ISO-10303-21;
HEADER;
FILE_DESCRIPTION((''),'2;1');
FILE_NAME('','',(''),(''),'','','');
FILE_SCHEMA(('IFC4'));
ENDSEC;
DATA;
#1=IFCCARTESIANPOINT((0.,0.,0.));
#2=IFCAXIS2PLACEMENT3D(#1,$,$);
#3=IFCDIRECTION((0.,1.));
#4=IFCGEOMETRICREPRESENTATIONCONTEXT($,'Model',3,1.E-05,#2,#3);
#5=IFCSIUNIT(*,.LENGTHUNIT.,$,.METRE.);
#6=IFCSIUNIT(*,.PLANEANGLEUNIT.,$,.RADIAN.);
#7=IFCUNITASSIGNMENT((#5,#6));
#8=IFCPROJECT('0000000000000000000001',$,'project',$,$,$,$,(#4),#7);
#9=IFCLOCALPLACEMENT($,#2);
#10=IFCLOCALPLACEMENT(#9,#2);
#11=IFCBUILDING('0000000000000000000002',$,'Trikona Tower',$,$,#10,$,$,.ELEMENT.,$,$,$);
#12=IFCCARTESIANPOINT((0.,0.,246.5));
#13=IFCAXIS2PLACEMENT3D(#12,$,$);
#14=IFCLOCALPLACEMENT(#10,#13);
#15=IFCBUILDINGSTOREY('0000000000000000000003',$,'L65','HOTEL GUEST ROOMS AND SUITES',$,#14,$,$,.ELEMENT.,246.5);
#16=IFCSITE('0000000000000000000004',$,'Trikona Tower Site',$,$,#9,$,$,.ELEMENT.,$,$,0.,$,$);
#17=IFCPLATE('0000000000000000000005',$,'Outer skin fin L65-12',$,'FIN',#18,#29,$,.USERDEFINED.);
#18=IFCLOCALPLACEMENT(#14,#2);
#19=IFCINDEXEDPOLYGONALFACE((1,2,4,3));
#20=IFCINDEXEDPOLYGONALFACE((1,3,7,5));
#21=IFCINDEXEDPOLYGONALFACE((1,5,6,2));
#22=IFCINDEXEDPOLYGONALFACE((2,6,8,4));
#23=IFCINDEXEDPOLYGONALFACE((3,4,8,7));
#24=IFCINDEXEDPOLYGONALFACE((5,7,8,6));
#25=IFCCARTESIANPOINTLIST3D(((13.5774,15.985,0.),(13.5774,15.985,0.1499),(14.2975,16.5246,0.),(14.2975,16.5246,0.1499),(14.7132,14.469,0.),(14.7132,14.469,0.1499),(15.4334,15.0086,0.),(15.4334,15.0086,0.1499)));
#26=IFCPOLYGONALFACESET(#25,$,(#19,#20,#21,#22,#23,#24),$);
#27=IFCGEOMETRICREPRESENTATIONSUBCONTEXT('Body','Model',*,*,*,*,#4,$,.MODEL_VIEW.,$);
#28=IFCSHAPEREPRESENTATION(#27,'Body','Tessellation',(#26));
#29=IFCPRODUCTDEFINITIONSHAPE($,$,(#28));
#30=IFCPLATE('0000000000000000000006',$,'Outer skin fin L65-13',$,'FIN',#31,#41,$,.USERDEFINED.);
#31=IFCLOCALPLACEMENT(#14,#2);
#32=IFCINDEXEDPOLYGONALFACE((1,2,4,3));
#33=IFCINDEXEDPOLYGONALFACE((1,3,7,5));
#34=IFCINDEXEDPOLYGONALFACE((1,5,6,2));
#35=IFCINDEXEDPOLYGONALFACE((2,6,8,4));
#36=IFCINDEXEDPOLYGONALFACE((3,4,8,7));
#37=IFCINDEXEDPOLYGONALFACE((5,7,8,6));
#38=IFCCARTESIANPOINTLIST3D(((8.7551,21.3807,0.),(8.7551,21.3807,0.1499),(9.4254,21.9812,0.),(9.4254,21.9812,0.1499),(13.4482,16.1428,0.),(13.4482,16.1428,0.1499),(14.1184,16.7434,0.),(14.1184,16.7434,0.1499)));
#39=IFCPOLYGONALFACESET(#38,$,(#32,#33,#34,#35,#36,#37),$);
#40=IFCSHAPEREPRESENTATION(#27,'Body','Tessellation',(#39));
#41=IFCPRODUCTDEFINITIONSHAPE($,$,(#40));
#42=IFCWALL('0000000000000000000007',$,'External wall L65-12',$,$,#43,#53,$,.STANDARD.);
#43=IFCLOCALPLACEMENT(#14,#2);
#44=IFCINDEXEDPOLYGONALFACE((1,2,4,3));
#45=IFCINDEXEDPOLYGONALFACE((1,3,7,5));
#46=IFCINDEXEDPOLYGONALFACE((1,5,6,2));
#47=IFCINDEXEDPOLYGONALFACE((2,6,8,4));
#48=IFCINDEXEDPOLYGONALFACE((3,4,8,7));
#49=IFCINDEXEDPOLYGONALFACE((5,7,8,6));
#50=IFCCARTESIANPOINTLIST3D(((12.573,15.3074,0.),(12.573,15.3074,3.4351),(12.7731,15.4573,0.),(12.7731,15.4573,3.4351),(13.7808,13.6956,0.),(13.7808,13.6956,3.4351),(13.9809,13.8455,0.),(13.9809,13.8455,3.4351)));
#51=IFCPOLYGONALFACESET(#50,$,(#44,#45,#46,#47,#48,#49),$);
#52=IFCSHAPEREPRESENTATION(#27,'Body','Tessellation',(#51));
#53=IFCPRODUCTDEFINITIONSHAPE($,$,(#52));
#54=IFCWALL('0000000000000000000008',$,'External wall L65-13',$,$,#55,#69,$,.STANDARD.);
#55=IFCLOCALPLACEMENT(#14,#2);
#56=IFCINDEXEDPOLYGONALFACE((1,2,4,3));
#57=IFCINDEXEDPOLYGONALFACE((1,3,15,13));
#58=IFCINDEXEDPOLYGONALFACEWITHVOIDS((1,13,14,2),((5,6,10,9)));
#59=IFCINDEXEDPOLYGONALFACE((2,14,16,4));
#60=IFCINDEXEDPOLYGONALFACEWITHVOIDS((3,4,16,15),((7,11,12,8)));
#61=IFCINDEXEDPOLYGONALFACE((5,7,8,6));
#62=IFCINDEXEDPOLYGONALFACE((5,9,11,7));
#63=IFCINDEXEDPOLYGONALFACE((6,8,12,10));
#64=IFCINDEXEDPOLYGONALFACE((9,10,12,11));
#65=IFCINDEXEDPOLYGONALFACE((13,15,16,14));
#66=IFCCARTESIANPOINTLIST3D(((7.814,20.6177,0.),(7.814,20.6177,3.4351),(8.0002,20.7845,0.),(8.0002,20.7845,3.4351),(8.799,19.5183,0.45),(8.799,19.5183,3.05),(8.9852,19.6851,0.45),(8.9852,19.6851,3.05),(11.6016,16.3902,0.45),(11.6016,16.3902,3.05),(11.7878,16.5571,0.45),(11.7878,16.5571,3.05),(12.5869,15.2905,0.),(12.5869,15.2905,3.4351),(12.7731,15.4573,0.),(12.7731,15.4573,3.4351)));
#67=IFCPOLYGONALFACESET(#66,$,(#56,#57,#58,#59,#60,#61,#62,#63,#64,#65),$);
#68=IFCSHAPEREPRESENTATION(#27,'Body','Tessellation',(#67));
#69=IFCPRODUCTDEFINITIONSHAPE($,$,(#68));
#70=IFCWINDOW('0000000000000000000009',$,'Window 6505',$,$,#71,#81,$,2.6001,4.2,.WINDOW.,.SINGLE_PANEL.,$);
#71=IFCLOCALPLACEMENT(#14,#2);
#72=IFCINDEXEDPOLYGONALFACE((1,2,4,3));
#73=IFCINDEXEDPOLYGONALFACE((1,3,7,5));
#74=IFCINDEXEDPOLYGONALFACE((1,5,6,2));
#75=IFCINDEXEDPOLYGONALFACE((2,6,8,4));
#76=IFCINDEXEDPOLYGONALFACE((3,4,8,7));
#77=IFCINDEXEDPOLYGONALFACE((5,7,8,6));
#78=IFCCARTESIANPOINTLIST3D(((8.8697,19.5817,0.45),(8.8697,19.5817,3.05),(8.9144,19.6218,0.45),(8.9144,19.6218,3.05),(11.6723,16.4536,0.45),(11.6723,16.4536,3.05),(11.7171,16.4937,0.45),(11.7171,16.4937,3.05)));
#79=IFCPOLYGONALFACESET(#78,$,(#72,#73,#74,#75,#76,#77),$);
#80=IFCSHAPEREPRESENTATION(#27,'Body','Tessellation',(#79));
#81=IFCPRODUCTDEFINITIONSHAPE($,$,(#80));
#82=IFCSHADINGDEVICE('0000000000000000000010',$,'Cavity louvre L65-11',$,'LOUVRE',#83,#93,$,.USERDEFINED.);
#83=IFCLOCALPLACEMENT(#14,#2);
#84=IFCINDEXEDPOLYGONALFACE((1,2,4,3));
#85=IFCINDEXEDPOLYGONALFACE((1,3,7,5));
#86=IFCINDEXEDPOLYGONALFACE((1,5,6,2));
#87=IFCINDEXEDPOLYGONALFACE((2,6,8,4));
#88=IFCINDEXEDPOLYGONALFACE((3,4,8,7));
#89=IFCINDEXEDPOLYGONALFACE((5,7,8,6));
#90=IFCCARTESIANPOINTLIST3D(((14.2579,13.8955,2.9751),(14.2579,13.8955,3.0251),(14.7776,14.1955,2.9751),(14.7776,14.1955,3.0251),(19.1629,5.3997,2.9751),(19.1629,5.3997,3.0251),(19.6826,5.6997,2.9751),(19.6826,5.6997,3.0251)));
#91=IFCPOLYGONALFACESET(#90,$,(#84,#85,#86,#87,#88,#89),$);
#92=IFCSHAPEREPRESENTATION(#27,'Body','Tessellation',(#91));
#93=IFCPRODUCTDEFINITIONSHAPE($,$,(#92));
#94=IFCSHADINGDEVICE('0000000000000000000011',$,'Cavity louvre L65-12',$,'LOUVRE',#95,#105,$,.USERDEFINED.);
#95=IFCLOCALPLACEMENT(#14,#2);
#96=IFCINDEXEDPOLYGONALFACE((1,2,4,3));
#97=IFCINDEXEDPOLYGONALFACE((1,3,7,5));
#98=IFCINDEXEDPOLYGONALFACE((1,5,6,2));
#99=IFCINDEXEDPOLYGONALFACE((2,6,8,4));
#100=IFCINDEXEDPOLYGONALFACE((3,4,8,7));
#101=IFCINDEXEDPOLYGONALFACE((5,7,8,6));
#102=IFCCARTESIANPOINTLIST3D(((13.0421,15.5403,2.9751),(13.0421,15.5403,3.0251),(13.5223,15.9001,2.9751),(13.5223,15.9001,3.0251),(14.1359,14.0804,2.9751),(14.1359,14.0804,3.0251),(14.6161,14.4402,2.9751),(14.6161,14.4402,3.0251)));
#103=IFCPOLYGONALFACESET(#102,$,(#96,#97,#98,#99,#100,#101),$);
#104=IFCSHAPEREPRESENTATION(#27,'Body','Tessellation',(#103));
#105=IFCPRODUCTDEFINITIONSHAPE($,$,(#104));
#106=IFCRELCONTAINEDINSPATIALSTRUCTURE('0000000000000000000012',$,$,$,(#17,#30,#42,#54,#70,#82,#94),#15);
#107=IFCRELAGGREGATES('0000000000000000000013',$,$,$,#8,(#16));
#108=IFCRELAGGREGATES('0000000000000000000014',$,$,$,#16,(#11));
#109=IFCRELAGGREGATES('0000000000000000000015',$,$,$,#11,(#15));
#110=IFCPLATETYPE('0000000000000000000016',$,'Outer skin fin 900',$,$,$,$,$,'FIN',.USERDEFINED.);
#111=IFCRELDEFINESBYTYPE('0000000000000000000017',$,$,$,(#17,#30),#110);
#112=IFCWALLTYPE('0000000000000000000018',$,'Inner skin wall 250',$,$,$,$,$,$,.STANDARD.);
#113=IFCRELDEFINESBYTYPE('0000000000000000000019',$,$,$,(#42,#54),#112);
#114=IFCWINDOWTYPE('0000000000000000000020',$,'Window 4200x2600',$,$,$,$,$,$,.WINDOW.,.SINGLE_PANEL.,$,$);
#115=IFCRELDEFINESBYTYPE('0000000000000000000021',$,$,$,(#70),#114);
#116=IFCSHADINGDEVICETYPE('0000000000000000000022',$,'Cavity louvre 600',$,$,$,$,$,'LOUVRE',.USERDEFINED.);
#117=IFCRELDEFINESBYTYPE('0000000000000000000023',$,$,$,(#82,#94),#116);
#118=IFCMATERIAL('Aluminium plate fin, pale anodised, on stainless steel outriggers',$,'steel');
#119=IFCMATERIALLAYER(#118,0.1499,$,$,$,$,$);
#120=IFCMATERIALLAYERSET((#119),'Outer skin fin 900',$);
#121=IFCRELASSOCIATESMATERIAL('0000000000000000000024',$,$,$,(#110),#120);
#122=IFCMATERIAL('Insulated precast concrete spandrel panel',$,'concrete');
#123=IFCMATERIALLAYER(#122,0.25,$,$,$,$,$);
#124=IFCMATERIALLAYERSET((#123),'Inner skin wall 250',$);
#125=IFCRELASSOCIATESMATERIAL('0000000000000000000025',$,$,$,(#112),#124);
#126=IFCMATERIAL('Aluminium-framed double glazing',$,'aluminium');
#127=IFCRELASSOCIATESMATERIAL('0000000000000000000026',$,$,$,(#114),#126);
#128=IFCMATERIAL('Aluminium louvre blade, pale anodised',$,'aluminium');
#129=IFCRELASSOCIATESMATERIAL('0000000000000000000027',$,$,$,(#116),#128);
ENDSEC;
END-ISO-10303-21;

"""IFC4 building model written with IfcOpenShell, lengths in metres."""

from ifc_helpers import new_model, si_unit, direction, frame, frame_2d, origin, origin_2d, place, context, subcontext, project, spatial, rectangle, extrude, material, layer, layer_set, type_object, element, fill, save


model = new_model("IFC4")

# Units and contexts
model_context = context("Model", 3, precision=1e-05, world=origin(), true_north=direction((0.0, 1.0)))
body_context = subcontext(model_context, "Body", "Model", "MODEL_VIEW")
ifc_project = project(units=[si_unit("LENGTHUNIT", "METRE"), si_unit("PLANEANGLEUNIT", "RADIAN")], contexts=[model_context])

# Site, building, storey
site_placement = place(None, origin())
site = spatial("IfcSite", under=ifc_project, at=site_placement, Name="Trikona Tower Site", CompositionType="ELEMENT", RefElevation=0.0)
building_placement = place(site_placement, origin())
building = spatial("IfcBuilding", under=site, at=building_placement, Name="Trikona Tower", CompositionType="ELEMENT")
storey_placement = place(building_placement, frame((0.0, 0.0, 246.5)))
storey = spatial("IfcBuildingStorey", under=building, at=storey_placement, Name="L65", Description="HOTEL GUEST ROOMS AND SUITES", CompositionType="ELEMENT", Elevation=246.5)

# Plates
ifc_material_1 = material(Name="Aluminium plate fin, pale anodised, on stainless steel outriggers", Category="steel")
ifc_layer_1 = layer(ifc_material_1, 0.1499)
ifc_layer_set_1 = layer_set([ifc_layer_1], Name="Outer skin fin 900")
plate_type_1 = type_object("IfcPlateType", Name="Outer skin fin 900", ElementType="FIN", PredefinedType="USERDEFINED", material=ifc_layer_set_1)
plate_1_placement = place(storey_placement, frame((14.5054, 15.4968, 0.0), z_axis=(0.0, 0.0, 1.0), x_axis=(-0.599619, 0.800286, 0.0)))
element("IfcPlate", 1, at=plate_1_placement, inside=storey, type_object=plate_type_1, Name="Outer skin fin L65-12", ObjectType="FIN", PredefinedType="USERDEFINED", context=body_context, shape_type="SweptSolid", body=[
    extrude(rectangle(XDim=1.8943, YDim=0.8999, at=origin_2d()), origin(), (0.0, 0.0, 1.0), 0.1499),
])
plate_2_placement = place(storey_placement, frame((11.4368, 19.062, 0.0), z_axis=(0.0, 0.0, 1.0), x_axis=(-0.667311, 0.744779, 0.0)))
element("IfcPlate", 2, at=plate_2_placement, inside=storey, type_object=plate_type_1, Name="Outer skin fin L65-13", ObjectType="FIN", PredefinedType="USERDEFINED", context=body_context, shape_type="SweptSolid", body=[
    extrude(rectangle(XDim=7.0327, YDim=0.8999, at=origin_2d()), origin(), (0.0, 0.0, 1.0), 0.1499),
])

# Wall
ifc_material_2 = material(Name="Insulated precast concrete spandrel panel", Category="concrete")
ifc_layer_2 = layer(ifc_material_2, 0.25)
ifc_layer_set_2 = layer_set([ifc_layer_2], Name="Inner skin wall 250")
wall_type = type_object("IfcWallType", Name="Inner skin wall 250", PredefinedType="STANDARD", material=ifc_layer_set_2)
wall_1_placement = place(storey_placement, frame((13.8809, 13.7705, 0.0), z_axis=(0.0, 0.0, 1.0), x_axis=(-0.599651, 0.800262, 0.0)))
element("IfcWall", 3, at=wall_1_placement, inside=storey, type_object=wall_type, Name="External wall L65-12", PredefinedType="STANDARD", context=body_context, shape_type="SweptSolid", body=[
    extrude(rectangle(XDim=2.0142, YDim=0.25, at=frame_2d((1.0071, 0.0))), origin(), (0.0, 0.0, 1.0), 3.4351),
])

# Wall, opening, window
wall_2_placement = place(storey_placement, frame((12.6799, 15.374, 0.0), z_axis=(0.0, 0.0, 1.0), x_axis=(-0.667304, 0.744786, 0.0)))
wall_2 = element("IfcWall", 4, at=wall_2_placement, inside=storey, type_object=wall_type, Name="External wall L65-13", PredefinedType="STANDARD", context=body_context, shape_type="SweptSolid", body=[
    extrude(rectangle(XDim=7.1526, YDim=0.25, at=frame_2d((3.5762, 0.0))), origin(), (0.0, 0.0, 1.0), 3.4351),
])
opening_placement = place(wall_2_placement, frame((1.4763, 0.0, 0.45)))
opening = element("IfcOpeningElement", 5, at=opening_placement, cuts=wall_2, PredefinedType="OPENING", context=body_context, shape_type="SweptSolid", body=[
    extrude(rectangle(XDim=4.2, YDim=2.6001, at=frame_2d((2.1001, 1.3))), frame((0.0, 0.135, 0.0), z_axis=(0.0, -1.0, 0.0), x_axis=(1.0, 0.0, 0.0)), (0.0, 0.0, 1.0), 0.27),
])
ifc_material_3 = material(Name="Aluminium-framed double glazing", Category="aluminium")
window_type = type_object("IfcWindowType", Name="Window 4200x2600", PartitioningType="SINGLE_PANEL", PredefinedType="WINDOW", material=ifc_material_3)
window_placement = place(opening_placement, origin())
window = element("IfcWindow", 6, at=window_placement, inside=storey, type_object=window_type, Name="Window 6505", OverallHeight=2.6001, OverallWidth=4.2, PartitioningType="SINGLE_PANEL", PredefinedType="WINDOW", context=body_context, shape_type="SweptSolid", body=[
    extrude(rectangle(XDim=4.2, YDim=2.6001, at=frame_2d((2.1001, 1.3))), frame((0.0, 0.03, 0.0), z_axis=(0.0, -1.0, 0.0), x_axis=(1.0, 0.0, 0.0)), (0.0, 0.0, 1.0), 0.0601),
])
fill(opening, window)

# Shading devices
ifc_material_4 = material(Name="Aluminium louvre blade, pale anodised", Category="aluminium")
shading_device_type = type_object("IfcShadingDeviceType", Name="Cavity louvre 600", ElementType="LOUVRE", PredefinedType="USERDEFINED", material=ifc_material_4)
shading_device_1_placement = place(storey_placement, frame((16.9702, 9.7976, 2.9751), z_axis=(0.0, 0.0, 1.0), x_axis=(-0.499998, 0.866026, 0.0)))
element("IfcShadingDevice", 7, at=shading_device_1_placement, inside=storey, type_object=shading_device_type, Name="Cavity louvre L65-11", ObjectType="LOUVRE", PredefinedType="USERDEFINED", context=body_context, shape_type="SweptSolid", body=[
    extrude(rectangle(XDim=9.8101, YDim=0.6001, at=origin_2d()), origin(), (0.0, 0.0, 1.0), 0.05),
])
shading_device_2_placement = place(storey_placement, frame((13.8291, 14.9902, 2.9751), z_axis=(0.0, 0.0, 1.0), x_axis=(-0.599619, 0.800286, 0.0)))
element("IfcShadingDevice", 8, at=shading_device_2_placement, inside=storey, type_object=shading_device_type, Name="Cavity louvre L65-12", ObjectType="LOUVRE", PredefinedType="USERDEFINED", context=body_context, shape_type="SweptSolid", body=[
    extrude(rectangle(XDim=1.8242, YDim=0.6001, at=origin_2d()), origin(), (0.0, 0.0, 1.0), 0.05),
])

save(model, "model.ifc")
